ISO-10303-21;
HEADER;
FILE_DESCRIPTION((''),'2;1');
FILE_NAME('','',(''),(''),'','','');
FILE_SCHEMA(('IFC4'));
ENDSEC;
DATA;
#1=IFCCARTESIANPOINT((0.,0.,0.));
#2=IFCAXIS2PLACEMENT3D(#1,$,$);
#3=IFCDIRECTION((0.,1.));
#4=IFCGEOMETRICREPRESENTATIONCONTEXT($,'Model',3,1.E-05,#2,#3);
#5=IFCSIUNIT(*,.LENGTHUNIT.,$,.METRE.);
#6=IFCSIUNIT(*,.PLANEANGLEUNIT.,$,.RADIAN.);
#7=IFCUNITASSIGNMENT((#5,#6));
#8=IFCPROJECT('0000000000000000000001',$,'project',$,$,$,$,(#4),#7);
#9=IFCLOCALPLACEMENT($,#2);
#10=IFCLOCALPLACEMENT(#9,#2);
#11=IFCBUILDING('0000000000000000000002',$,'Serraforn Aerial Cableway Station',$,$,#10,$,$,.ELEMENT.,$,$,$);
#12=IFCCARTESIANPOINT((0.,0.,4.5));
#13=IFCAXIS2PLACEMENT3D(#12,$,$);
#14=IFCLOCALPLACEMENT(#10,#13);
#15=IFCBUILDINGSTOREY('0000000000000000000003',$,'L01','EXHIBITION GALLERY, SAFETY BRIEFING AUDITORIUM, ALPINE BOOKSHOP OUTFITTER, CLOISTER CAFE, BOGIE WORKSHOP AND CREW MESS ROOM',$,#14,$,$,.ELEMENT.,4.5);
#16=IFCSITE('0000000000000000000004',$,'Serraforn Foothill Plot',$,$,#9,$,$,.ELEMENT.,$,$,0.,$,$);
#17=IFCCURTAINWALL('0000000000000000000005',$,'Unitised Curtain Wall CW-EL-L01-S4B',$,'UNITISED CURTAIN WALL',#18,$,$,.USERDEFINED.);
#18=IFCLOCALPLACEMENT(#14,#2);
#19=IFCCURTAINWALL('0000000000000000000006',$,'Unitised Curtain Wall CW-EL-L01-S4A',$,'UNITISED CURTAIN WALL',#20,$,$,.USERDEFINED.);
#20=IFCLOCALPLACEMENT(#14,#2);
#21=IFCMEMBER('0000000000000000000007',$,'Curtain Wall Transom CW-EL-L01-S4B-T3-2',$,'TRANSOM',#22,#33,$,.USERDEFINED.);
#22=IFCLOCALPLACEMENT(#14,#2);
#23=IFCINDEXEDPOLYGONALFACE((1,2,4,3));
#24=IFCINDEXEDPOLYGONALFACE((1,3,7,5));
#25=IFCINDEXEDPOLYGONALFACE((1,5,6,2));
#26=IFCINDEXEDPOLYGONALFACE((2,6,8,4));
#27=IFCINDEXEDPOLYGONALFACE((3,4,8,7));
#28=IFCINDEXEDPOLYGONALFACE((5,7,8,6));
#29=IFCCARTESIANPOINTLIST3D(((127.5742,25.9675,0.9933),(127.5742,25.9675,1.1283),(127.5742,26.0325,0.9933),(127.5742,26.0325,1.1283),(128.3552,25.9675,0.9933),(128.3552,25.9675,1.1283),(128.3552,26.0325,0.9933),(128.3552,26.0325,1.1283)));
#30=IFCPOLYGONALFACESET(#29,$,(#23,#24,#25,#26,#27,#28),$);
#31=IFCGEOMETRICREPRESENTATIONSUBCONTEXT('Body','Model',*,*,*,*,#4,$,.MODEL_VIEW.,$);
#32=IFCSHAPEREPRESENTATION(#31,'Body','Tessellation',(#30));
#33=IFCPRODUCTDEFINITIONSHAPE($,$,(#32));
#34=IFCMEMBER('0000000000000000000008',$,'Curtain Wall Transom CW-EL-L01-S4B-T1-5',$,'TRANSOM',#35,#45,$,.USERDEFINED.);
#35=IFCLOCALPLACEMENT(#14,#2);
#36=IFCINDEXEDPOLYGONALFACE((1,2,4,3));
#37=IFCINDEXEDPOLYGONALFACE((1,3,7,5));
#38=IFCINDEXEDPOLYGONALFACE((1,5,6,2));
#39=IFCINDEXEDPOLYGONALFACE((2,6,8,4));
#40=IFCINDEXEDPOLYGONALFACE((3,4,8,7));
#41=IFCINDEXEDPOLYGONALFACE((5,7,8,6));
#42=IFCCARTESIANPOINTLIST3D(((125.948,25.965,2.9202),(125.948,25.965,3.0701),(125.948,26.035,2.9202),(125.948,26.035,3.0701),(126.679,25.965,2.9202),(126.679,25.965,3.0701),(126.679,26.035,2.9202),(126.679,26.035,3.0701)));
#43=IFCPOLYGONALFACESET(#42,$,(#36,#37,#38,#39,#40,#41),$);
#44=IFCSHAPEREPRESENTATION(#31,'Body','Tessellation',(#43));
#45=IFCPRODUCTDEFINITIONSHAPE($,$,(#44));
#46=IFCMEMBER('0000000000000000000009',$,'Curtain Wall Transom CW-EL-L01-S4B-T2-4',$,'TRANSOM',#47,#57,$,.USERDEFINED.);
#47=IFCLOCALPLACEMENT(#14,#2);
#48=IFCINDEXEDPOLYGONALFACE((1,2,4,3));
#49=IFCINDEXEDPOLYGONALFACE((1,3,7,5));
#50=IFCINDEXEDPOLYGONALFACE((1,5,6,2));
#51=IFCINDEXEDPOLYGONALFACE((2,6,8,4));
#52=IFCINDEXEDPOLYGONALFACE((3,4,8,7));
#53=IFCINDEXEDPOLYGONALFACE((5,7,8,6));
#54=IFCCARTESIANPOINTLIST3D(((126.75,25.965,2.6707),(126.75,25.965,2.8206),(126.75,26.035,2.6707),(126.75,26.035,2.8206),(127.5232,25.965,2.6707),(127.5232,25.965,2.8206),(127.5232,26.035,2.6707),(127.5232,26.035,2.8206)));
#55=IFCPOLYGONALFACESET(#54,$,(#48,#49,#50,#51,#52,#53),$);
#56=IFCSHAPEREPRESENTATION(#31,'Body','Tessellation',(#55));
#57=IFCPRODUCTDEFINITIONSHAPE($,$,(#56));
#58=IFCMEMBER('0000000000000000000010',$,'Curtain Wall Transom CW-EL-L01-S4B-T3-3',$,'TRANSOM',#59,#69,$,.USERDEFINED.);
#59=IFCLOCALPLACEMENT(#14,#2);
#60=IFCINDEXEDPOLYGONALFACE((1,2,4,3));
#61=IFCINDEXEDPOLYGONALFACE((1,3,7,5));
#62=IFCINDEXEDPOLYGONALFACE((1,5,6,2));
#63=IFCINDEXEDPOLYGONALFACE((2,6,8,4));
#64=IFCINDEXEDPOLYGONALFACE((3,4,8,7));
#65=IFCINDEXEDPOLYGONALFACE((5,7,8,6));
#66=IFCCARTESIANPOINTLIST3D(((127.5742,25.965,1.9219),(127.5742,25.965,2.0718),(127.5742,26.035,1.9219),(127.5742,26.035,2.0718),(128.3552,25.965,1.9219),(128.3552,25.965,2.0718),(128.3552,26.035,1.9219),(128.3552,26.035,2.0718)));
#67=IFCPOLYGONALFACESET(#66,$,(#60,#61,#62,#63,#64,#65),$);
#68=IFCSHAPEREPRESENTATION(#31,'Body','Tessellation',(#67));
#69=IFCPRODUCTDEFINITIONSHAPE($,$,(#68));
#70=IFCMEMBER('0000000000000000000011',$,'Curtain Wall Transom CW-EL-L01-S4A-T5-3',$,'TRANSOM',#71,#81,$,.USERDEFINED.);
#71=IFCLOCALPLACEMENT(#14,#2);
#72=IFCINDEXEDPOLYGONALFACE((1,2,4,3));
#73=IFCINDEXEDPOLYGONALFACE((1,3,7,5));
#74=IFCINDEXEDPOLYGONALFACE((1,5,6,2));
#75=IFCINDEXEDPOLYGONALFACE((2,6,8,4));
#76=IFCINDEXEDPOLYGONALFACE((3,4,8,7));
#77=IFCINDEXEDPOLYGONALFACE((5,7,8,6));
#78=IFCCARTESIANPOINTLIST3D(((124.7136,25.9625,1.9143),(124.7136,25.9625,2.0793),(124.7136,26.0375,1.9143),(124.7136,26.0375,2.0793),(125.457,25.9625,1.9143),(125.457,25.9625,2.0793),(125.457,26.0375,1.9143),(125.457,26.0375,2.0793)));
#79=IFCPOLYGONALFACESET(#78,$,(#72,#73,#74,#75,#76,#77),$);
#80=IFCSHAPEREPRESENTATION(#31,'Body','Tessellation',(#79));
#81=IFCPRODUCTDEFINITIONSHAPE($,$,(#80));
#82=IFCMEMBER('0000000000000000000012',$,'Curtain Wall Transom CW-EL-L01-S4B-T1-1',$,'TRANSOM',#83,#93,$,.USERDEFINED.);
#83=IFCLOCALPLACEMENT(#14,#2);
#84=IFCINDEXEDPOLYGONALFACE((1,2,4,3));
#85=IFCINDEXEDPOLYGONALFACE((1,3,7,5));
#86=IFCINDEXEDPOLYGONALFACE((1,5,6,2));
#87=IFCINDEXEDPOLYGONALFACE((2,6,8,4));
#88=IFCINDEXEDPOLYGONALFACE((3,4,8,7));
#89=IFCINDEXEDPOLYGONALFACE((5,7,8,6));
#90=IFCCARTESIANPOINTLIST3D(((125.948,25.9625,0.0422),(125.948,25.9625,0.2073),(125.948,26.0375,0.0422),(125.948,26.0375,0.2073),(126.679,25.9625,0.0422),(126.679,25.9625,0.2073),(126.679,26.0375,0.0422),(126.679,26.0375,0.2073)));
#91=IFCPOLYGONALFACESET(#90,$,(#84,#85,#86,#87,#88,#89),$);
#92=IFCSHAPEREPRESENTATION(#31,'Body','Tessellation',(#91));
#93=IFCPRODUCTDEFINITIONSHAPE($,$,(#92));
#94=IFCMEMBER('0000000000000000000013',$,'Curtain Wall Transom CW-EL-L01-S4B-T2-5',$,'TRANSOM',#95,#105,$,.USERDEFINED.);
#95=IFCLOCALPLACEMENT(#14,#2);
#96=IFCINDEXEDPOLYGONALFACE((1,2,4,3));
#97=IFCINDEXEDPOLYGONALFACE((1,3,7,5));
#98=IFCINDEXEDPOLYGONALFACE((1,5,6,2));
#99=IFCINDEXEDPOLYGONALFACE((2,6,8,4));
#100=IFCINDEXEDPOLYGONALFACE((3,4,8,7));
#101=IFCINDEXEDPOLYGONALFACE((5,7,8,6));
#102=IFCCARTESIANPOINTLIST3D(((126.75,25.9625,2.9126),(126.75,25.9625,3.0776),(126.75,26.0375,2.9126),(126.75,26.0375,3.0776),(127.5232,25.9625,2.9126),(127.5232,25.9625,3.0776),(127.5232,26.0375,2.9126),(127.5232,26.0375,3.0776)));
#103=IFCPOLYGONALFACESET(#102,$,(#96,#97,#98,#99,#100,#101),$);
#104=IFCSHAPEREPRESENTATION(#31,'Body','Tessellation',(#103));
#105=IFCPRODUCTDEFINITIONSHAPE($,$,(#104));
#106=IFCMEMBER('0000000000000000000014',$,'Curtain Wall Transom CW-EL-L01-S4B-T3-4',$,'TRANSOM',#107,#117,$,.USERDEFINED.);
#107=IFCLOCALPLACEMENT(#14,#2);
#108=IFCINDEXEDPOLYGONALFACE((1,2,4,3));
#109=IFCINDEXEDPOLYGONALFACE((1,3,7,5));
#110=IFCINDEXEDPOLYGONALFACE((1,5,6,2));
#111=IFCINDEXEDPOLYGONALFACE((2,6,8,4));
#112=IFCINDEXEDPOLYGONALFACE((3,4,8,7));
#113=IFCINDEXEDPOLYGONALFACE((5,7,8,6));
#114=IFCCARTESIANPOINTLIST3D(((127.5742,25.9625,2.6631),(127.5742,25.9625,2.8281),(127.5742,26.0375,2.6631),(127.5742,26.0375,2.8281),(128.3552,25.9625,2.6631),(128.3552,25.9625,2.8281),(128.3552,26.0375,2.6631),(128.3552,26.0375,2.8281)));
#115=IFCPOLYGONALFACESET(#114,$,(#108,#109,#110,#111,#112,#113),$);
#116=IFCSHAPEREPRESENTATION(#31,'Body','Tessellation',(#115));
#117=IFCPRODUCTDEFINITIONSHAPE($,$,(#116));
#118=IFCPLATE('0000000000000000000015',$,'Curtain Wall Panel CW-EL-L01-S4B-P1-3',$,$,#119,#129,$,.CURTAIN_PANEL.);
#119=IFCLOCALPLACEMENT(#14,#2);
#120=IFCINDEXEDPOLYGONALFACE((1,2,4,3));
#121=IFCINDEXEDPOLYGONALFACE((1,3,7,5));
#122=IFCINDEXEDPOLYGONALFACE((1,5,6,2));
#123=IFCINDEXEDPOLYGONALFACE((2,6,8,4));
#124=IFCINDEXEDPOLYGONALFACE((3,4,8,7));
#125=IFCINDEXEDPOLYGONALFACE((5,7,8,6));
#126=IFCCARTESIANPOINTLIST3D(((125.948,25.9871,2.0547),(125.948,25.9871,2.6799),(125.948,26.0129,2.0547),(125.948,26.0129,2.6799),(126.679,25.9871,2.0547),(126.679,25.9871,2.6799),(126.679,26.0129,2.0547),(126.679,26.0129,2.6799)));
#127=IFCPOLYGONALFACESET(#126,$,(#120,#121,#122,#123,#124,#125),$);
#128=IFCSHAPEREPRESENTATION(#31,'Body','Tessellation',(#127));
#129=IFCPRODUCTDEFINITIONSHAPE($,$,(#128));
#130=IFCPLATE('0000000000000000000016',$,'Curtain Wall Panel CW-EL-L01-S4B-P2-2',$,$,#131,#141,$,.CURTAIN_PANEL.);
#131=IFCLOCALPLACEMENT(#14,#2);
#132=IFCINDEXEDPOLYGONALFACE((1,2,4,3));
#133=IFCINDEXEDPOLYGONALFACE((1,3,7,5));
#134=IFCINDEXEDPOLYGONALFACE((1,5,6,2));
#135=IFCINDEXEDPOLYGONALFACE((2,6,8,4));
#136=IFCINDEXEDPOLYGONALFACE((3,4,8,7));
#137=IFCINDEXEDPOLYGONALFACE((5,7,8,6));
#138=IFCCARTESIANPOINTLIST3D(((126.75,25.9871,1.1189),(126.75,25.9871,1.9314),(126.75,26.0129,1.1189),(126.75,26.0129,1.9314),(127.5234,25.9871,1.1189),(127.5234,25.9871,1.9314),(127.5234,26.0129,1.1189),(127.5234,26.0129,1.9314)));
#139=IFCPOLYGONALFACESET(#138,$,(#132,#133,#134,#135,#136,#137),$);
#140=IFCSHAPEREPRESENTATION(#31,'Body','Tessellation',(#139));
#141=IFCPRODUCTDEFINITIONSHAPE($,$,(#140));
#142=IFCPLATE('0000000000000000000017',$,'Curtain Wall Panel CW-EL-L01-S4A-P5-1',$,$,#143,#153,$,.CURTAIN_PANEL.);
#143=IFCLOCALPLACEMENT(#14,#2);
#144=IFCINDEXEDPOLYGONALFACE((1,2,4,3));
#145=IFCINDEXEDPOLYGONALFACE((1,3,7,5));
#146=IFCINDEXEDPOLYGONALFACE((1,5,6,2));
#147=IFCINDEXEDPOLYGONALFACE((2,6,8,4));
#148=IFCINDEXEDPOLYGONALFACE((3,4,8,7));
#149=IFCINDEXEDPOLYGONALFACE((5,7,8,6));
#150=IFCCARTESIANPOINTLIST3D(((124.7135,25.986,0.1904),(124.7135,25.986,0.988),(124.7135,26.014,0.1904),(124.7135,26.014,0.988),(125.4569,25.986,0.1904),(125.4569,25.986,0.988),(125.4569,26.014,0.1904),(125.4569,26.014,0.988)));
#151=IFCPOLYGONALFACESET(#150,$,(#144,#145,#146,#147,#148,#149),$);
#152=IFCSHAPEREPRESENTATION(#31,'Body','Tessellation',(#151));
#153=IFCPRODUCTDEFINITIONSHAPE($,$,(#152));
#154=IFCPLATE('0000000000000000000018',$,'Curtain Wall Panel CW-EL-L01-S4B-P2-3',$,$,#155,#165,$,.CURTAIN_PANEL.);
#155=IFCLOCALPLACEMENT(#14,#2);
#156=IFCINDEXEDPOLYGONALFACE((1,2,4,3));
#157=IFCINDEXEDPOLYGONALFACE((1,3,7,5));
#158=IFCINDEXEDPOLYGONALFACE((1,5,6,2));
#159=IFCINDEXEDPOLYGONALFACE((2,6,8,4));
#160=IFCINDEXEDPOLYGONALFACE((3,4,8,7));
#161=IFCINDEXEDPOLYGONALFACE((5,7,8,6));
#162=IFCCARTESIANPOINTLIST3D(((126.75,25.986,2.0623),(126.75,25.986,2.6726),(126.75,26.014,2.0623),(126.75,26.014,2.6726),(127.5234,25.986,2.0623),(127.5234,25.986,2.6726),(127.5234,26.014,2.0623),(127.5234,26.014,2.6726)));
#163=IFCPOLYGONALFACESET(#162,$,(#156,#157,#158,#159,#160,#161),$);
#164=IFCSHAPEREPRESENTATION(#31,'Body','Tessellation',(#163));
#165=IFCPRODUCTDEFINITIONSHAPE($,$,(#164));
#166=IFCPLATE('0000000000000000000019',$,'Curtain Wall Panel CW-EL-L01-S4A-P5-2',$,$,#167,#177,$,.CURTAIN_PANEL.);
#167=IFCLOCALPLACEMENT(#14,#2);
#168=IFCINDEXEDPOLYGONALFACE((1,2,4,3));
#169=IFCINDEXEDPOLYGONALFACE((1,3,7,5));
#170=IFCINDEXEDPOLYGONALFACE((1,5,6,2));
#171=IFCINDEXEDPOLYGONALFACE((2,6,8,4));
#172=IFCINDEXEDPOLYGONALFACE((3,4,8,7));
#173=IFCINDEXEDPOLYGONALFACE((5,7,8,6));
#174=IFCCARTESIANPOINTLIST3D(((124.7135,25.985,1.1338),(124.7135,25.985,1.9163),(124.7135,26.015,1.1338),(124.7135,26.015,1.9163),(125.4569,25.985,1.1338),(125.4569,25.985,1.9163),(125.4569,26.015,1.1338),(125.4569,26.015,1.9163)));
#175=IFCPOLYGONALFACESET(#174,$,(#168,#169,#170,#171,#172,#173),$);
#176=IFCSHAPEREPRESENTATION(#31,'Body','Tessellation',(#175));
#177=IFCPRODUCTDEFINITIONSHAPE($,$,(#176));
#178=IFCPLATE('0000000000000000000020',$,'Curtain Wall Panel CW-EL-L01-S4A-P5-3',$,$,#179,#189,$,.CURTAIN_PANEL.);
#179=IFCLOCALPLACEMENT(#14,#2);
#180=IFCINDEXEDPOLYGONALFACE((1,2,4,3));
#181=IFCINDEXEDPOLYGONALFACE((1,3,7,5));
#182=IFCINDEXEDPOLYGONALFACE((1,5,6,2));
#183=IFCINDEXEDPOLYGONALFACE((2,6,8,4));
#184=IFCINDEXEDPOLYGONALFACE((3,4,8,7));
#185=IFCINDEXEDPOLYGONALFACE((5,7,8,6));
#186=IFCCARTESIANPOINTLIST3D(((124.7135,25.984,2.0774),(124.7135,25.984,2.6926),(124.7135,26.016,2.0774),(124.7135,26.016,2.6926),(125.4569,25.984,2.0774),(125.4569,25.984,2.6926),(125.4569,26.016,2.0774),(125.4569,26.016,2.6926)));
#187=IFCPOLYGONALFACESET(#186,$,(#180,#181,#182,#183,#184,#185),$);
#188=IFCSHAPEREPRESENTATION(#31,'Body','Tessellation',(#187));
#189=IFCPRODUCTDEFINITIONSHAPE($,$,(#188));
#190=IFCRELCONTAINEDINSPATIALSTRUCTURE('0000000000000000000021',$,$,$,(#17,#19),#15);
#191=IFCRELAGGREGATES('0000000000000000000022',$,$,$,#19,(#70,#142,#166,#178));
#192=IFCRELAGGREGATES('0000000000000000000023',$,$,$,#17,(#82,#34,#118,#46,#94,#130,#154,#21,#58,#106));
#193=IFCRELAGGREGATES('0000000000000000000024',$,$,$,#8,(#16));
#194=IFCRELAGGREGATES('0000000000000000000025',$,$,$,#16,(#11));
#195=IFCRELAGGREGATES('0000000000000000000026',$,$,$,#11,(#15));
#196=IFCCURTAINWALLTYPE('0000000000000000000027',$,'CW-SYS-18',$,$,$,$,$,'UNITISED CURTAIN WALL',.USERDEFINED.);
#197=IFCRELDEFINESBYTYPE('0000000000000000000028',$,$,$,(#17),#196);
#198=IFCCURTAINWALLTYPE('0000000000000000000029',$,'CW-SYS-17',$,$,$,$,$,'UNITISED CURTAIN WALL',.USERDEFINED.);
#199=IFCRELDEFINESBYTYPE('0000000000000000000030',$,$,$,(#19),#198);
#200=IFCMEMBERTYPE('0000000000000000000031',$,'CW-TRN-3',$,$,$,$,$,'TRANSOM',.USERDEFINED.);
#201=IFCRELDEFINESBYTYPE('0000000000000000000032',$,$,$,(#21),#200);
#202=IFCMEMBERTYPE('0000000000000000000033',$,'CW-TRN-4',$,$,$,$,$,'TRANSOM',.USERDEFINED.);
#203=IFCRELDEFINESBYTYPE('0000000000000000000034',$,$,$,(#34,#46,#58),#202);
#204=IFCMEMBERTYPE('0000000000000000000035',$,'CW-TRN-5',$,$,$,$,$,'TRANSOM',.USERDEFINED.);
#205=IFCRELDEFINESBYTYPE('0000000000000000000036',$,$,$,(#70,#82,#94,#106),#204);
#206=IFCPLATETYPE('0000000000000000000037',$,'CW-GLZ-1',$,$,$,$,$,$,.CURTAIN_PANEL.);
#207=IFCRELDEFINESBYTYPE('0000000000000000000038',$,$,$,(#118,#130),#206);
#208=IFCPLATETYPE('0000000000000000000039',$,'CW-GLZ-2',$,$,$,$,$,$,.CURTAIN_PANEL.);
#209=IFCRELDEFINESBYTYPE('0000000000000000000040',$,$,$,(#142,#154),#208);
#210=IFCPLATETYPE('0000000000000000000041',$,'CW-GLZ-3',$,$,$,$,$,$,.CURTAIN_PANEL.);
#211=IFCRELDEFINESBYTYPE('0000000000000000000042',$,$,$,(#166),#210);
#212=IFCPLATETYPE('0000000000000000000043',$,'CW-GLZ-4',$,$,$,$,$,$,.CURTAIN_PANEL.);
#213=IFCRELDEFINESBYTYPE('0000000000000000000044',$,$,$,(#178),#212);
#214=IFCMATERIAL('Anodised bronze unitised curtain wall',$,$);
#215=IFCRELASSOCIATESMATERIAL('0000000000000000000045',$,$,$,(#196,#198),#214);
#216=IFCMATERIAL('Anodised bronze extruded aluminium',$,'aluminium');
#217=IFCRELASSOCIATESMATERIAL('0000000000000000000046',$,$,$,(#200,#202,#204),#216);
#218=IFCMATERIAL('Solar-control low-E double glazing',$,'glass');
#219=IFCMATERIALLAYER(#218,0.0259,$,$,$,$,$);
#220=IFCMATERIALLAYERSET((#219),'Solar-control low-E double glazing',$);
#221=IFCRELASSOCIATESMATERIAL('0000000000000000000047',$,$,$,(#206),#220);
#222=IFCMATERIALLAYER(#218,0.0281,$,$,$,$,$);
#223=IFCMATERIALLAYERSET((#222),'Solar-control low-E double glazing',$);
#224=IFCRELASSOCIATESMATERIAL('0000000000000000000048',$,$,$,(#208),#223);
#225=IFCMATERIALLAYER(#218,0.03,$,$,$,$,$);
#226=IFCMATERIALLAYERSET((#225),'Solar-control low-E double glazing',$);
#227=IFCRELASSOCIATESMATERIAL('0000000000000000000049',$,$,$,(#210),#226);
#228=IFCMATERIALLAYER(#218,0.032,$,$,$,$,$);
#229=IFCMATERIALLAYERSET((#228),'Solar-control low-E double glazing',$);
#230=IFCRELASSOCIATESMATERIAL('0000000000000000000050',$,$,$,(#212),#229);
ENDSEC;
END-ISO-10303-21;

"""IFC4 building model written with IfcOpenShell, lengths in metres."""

from ifc_helpers import new_model, si_unit, direction, frame, origin, origin_2d, place, context, subcontext, project, spatial, rectangle, extrude, material, layer, layer_set, material_profile, profile_set, type_object, element, aggregate, save


model = new_model("IFC4")

# Units and contexts
model_context = context("Model", 3, precision=1e-05, world=origin(), true_north=direction((0.0, 1.0)))
body_context = subcontext(model_context, "Body", "Model", "MODEL_VIEW")
ifc_project = project(units=[si_unit("LENGTHUNIT", "METRE"), si_unit("PLANEANGLEUNIT", "RADIAN")], contexts=[model_context])

# Site, building, storey
site_placement = place(None, origin())
site = spatial("IfcSite", under=ifc_project, at=site_placement, Name="Serraforn Foothill Plot", CompositionType="ELEMENT", RefElevation=0.0)
building_placement = place(site_placement, origin())
building = spatial("IfcBuilding", under=site, at=building_placement, Name="Serraforn Aerial Cableway Station", CompositionType="ELEMENT")
storey_placement = place(building_placement, frame((0.0, 0.0, 4.5)))
storey = spatial("IfcBuildingStorey", under=building, at=storey_placement, Name="L01", Description="EXHIBITION GALLERY, SAFETY BRIEFING AUDITORIUM, ALPINE BOOKSHOP OUTFITTER, CLOISTER CAFE, BOGIE WORKSHOP AND CREW MESS ROOM", CompositionType="ELEMENT", Elevation=4.5)

# Curtain walls
ifc_material_1 = material(Name="Anodised bronze unitised curtain wall")
curtain_wall_type_1 = type_object("IfcCurtainWallType", Name="CW-SYS-18", ElementType="UNITISED CURTAIN WALL", PredefinedType="USERDEFINED", material=ifc_material_1)
curtain_wall_1_placement = place(storey_placement, origin())
curtain_wall_1 = element("IfcCurtainWall", 1, at=curtain_wall_1_placement, inside=storey, type_object=curtain_wall_type_1, Name="Unitised Curtain Wall CW-EL-L01-S4B", ObjectType="UNITISED CURTAIN WALL", PredefinedType="USERDEFINED")
ifc_material_2 = material(Name="Anodised bronze extruded aluminium", Category="aluminium")
curtain_wall_type_2 = type_object("IfcCurtainWallType", Name="CW-SYS-17", ElementType="UNITISED CURTAIN WALL", PredefinedType="USERDEFINED", material=ifc_material_1)
curtain_wall_2_placement = place(storey_placement, origin())
curtain_wall_2 = element("IfcCurtainWall", 2, at=curtain_wall_2_placement, inside=storey, type_object=curtain_wall_type_2, Name="Unitised Curtain Wall CW-EL-L01-S4A", ObjectType="UNITISED CURTAIN WALL", PredefinedType="USERDEFINED")

# Members
ifc_material_profile_1 = material_profile(ifc_material_2, rectangle(XDim=0.0649, YDim=0.135, at=origin_2d()), Name="CW TRANSOM 65x135")
ifc_profile_set_1 = profile_set([ifc_material_profile_1], Name="Anodised bronze extruded aluminium")
member_type_1 = type_object("IfcMemberType", Name="CW-TRN-3", ElementType="TRANSOM", PredefinedType="USERDEFINED", material=ifc_profile_set_1)
member_1_placement = place(storey_placement, frame((127.5742, 26.0, 1.0608), z_axis=(1.0, 0.0, 0.0), x_axis=(0.0, 1.0, 0.0)))
member_1 = element("IfcMember", 3, at=member_1_placement, type_object=member_type_1, Name="Curtain Wall Transom CW-EL-L01-S4B-T3-2", ObjectType="TRANSOM", PredefinedType="USERDEFINED", context=body_context, shape_type="SweptSolid", body=[
    extrude(rectangle(XDim=0.0649, YDim=0.135, at=origin_2d()), origin(), (0.0, 0.0, 1.0), 0.781),
])
ifc_material_profile_2 = material_profile(ifc_material_2, rectangle(XDim=0.0701, YDim=0.1499, at=origin_2d()), Name="CW TRANSOM 70x150")
ifc_profile_set_2 = profile_set([ifc_material_profile_2], Name="Anodised bronze extruded aluminium")
member_type_2 = type_object("IfcMemberType", Name="CW-TRN-4", ElementType="TRANSOM", PredefinedType="USERDEFINED", material=ifc_profile_set_2)
member_2_placement = place(storey_placement, frame((125.948, 26.0, 2.9951), z_axis=(1.0, 0.0, 0.0), x_axis=(0.0, 1.0, 0.0)))
member_2 = element("IfcMember", 4, at=member_2_placement, type_object=member_type_2, Name="Curtain Wall Transom CW-EL-L01-S4B-T1-5", ObjectType="TRANSOM", PredefinedType="USERDEFINED", context=body_context, shape_type="SweptSolid", body=[
    extrude(rectangle(XDim=0.0701, YDim=0.1499, at=origin_2d()), origin(), (0.0, 0.0, 1.0), 0.731),
])
member_3_placement = place(storey_placement, frame((126.75, 26.0, 2.7456), z_axis=(1.0, 0.0, 0.0), x_axis=(0.0, 1.0, 0.0)))
member_3 = element("IfcMember", 5, at=member_3_placement, type_object=member_type_2, Name="Curtain Wall Transom CW-EL-L01-S4B-T2-4", ObjectType="TRANSOM", PredefinedType="USERDEFINED", context=body_context, shape_type="SweptSolid", body=[
    extrude(rectangle(XDim=0.0701, YDim=0.1499, at=origin_2d()), origin(), (0.0, 0.0, 1.0), 0.7732),
])
member_4_placement = place(storey_placement, frame((127.5742, 26.0, 1.9968), z_axis=(1.0, 0.0, 0.0), x_axis=(0.0, 1.0, 0.0)))
member_4 = element("IfcMember", 6, at=member_4_placement, type_object=member_type_2, Name="Curtain Wall Transom CW-EL-L01-S4B-T3-3", ObjectType="TRANSOM", PredefinedType="USERDEFINED", context=body_context, shape_type="SweptSolid", body=[
    extrude(rectangle(XDim=0.0701, YDim=0.1499, at=origin_2d()), origin(), (0.0, 0.0, 1.0), 0.781),
])
ifc_material_profile_3 = material_profile(ifc_material_2, rectangle(XDim=0.075, YDim=0.165, at=origin_2d()), Name="CW TRANSOM 75x165")
ifc_profile_set_3 = profile_set([ifc_material_profile_3], Name="Anodised bronze extruded aluminium")
member_type_3 = type_object("IfcMemberType", Name="CW-TRN-5", ElementType="TRANSOM", PredefinedType="USERDEFINED", material=ifc_profile_set_3)
member_5_placement = place(storey_placement, frame((124.7136, 26.0, 1.9968), z_axis=(1.0, 0.0, 0.0), x_axis=(0.0, 1.0, 0.0)))
member_5 = element("IfcMember", 7, at=member_5_placement, type_object=member_type_3, Name="Curtain Wall Transom CW-EL-L01-S4A-T5-3", ObjectType="TRANSOM", PredefinedType="USERDEFINED", context=body_context, shape_type="SweptSolid", body=[
    extrude(rectangle(XDim=0.075, YDim=0.165, at=origin_2d()), origin(), (0.0, 0.0, 1.0), 0.7434),
])
member_6_placement = place(storey_placement, frame((125.948, 26.0, 0.1248), z_axis=(1.0, 0.0, 0.0), x_axis=(0.0, 1.0, 0.0)))
member_6 = element("IfcMember", 8, at=member_6_placement, type_object=member_type_3, Name="Curtain Wall Transom CW-EL-L01-S4B-T1-1", ObjectType="TRANSOM", PredefinedType="USERDEFINED", context=body_context, shape_type="SweptSolid", body=[
    extrude(rectangle(XDim=0.075, YDim=0.165, at=origin_2d()), origin(), (0.0, 0.0, 1.0), 0.731),
])
member_7_placement = place(storey_placement, frame((126.75, 26.0, 2.9951), z_axis=(1.0, 0.0, 0.0), x_axis=(0.0, 1.0, 0.0)))
member_7 = element("IfcMember", 9, at=member_7_placement, type_object=member_type_3, Name="Curtain Wall Transom CW-EL-L01-S4B-T2-5", ObjectType="TRANSOM", PredefinedType="USERDEFINED", context=body_context, shape_type="SweptSolid", body=[
    extrude(rectangle(XDim=0.075, YDim=0.165, at=origin_2d()), origin(), (0.0, 0.0, 1.0), 0.7732),
])
member_8_placement = place(storey_placement, frame((127.5742, 26.0, 2.7456), z_axis=(1.0, 0.0, 0.0), x_axis=(0.0, 1.0, 0.0)))
member_8 = element("IfcMember", 10, at=member_8_placement, type_object=member_type_3, Name="Curtain Wall Transom CW-EL-L01-S4B-T3-4", ObjectType="TRANSOM", PredefinedType="USERDEFINED", context=body_context, shape_type="SweptSolid", body=[
    extrude(rectangle(XDim=0.075, YDim=0.165, at=origin_2d()), origin(), (0.0, 0.0, 1.0), 0.781),
])

# Plates
ifc_material_3 = material(Name="Solar-control low-E double glazing", Category="glass")
ifc_layer_1 = layer(ifc_material_3, 0.0259)
ifc_layer_set_1 = layer_set([ifc_layer_1], Name="Solar-control low-E double glazing")
plate_type_1 = type_object("IfcPlateType", Name="CW-GLZ-1", PredefinedType="CURTAIN_PANEL", material=ifc_layer_set_1)
plate_1_placement = place(storey_placement, frame((126.3135, 26.0, 2.0547), z_axis=(0.0, 0.0, 1.0), x_axis=(1.0, 0.0, 0.0)))
plate_1 = element("IfcPlate", 11, at=plate_1_placement, type_object=plate_type_1, Name="Curtain Wall Panel CW-EL-L01-S4B-P1-3", PredefinedType="CURTAIN_PANEL", context=body_context, shape_type="SweptSolid", body=[
    extrude(rectangle(XDim=0.731, YDim=0.0259, at=origin_2d()), origin(), (0.0, 0.0, 1.0), 0.6252),
])
plate_2_placement = place(storey_placement, frame((127.1367, 26.0, 1.1189), z_axis=(0.0, 0.0, 1.0), x_axis=(1.0, 0.0, 0.0)))
plate_2 = element("IfcPlate", 12, at=plate_2_placement, type_object=plate_type_1, Name="Curtain Wall Panel CW-EL-L01-S4B-P2-2", PredefinedType="CURTAIN_PANEL", context=body_context, shape_type="SweptSolid", body=[
    extrude(rectangle(XDim=0.7734, YDim=0.0259, at=origin_2d()), origin(), (0.0, 0.0, 1.0), 0.8125),
])
ifc_layer_2 = layer(ifc_material_3, 0.0281)
ifc_layer_set_2 = layer_set([ifc_layer_2], Name="Solar-control low-E double glazing")
plate_type_2 = type_object("IfcPlateType", Name="CW-GLZ-2", PredefinedType="CURTAIN_PANEL", material=ifc_layer_set_2)
plate_3_placement = place(storey_placement, frame((125.0852, 26.0, 0.1904), z_axis=(0.0, 0.0, 1.0), x_axis=(1.0, 0.0, 0.0)))
plate_3 = element("IfcPlate", 13, at=plate_3_placement, type_object=plate_type_2, Name="Curtain Wall Panel CW-EL-L01-S4A-P5-1", PredefinedType="CURTAIN_PANEL", context=body_context, shape_type="SweptSolid", body=[
    extrude(rectangle(XDim=0.7434, YDim=0.0281, at=origin_2d()), origin(), (0.0, 0.0, 1.0), 0.7976),
])
plate_4_placement = place(storey_placement, frame((127.1367, 26.0, 2.0623), z_axis=(0.0, 0.0, 1.0), x_axis=(1.0, 0.0, 0.0)))
plate_4 = element("IfcPlate", 14, at=plate_4_placement, type_object=plate_type_2, Name="Curtain Wall Panel CW-EL-L01-S4B-P2-3", PredefinedType="CURTAIN_PANEL", context=body_context, shape_type="SweptSolid", body=[
    extrude(rectangle(XDim=0.7734, YDim=0.0281, at=origin_2d()), origin(), (0.0, 0.0, 1.0), 0.6104),
])
ifc_layer_3 = layer(ifc_material_3, 0.03)
ifc_layer_set_3 = layer_set([ifc_layer_3], Name="Solar-control low-E double glazing")
plate_type_3 = type_object("IfcPlateType", Name="CW-GLZ-3", PredefinedType="CURTAIN_PANEL", material=ifc_layer_set_3)
plate_5_placement = place(storey_placement, frame((125.0852, 26.0, 1.1338), z_axis=(0.0, 0.0, 1.0), x_axis=(1.0, 0.0, 0.0)))
plate_5 = element("IfcPlate", 15, at=plate_5_placement, type_object=plate_type_3, Name="Curtain Wall Panel CW-EL-L01-S4A-P5-2", PredefinedType="CURTAIN_PANEL", context=body_context, shape_type="SweptSolid", body=[
    extrude(rectangle(XDim=0.7434, YDim=0.03, at=origin_2d()), origin(), (0.0, 0.0, 1.0), 0.7825),
])
ifc_layer_4 = layer(ifc_material_3, 0.032)
ifc_layer_set_4 = layer_set([ifc_layer_4], Name="Solar-control low-E double glazing")
plate_type_4 = type_object("IfcPlateType", Name="CW-GLZ-4", PredefinedType="CURTAIN_PANEL", material=ifc_layer_set_4)
plate_6_placement = place(storey_placement, frame((125.0852, 26.0, 2.0774), z_axis=(0.0, 0.0, 1.0), x_axis=(1.0, 0.0, 0.0)))
plate_6 = element("IfcPlate", 16, at=plate_6_placement, type_object=plate_type_4, Name="Curtain Wall Panel CW-EL-L01-S4A-P5-3", PredefinedType="CURTAIN_PANEL", context=body_context, shape_type="SweptSolid", body=[
    extrude(rectangle(XDim=0.7434, YDim=0.032, at=origin_2d()), origin(), (0.0, 0.0, 1.0), 0.6152),
])
aggregate(curtain_wall_2, [member_5, plate_3, plate_5, plate_6])
aggregate(curtain_wall_1, [member_6, member_2, plate_1, member_3, member_7, plate_2, plate_4, member_1, member_4, member_8])

save(model, "model.ifc")
